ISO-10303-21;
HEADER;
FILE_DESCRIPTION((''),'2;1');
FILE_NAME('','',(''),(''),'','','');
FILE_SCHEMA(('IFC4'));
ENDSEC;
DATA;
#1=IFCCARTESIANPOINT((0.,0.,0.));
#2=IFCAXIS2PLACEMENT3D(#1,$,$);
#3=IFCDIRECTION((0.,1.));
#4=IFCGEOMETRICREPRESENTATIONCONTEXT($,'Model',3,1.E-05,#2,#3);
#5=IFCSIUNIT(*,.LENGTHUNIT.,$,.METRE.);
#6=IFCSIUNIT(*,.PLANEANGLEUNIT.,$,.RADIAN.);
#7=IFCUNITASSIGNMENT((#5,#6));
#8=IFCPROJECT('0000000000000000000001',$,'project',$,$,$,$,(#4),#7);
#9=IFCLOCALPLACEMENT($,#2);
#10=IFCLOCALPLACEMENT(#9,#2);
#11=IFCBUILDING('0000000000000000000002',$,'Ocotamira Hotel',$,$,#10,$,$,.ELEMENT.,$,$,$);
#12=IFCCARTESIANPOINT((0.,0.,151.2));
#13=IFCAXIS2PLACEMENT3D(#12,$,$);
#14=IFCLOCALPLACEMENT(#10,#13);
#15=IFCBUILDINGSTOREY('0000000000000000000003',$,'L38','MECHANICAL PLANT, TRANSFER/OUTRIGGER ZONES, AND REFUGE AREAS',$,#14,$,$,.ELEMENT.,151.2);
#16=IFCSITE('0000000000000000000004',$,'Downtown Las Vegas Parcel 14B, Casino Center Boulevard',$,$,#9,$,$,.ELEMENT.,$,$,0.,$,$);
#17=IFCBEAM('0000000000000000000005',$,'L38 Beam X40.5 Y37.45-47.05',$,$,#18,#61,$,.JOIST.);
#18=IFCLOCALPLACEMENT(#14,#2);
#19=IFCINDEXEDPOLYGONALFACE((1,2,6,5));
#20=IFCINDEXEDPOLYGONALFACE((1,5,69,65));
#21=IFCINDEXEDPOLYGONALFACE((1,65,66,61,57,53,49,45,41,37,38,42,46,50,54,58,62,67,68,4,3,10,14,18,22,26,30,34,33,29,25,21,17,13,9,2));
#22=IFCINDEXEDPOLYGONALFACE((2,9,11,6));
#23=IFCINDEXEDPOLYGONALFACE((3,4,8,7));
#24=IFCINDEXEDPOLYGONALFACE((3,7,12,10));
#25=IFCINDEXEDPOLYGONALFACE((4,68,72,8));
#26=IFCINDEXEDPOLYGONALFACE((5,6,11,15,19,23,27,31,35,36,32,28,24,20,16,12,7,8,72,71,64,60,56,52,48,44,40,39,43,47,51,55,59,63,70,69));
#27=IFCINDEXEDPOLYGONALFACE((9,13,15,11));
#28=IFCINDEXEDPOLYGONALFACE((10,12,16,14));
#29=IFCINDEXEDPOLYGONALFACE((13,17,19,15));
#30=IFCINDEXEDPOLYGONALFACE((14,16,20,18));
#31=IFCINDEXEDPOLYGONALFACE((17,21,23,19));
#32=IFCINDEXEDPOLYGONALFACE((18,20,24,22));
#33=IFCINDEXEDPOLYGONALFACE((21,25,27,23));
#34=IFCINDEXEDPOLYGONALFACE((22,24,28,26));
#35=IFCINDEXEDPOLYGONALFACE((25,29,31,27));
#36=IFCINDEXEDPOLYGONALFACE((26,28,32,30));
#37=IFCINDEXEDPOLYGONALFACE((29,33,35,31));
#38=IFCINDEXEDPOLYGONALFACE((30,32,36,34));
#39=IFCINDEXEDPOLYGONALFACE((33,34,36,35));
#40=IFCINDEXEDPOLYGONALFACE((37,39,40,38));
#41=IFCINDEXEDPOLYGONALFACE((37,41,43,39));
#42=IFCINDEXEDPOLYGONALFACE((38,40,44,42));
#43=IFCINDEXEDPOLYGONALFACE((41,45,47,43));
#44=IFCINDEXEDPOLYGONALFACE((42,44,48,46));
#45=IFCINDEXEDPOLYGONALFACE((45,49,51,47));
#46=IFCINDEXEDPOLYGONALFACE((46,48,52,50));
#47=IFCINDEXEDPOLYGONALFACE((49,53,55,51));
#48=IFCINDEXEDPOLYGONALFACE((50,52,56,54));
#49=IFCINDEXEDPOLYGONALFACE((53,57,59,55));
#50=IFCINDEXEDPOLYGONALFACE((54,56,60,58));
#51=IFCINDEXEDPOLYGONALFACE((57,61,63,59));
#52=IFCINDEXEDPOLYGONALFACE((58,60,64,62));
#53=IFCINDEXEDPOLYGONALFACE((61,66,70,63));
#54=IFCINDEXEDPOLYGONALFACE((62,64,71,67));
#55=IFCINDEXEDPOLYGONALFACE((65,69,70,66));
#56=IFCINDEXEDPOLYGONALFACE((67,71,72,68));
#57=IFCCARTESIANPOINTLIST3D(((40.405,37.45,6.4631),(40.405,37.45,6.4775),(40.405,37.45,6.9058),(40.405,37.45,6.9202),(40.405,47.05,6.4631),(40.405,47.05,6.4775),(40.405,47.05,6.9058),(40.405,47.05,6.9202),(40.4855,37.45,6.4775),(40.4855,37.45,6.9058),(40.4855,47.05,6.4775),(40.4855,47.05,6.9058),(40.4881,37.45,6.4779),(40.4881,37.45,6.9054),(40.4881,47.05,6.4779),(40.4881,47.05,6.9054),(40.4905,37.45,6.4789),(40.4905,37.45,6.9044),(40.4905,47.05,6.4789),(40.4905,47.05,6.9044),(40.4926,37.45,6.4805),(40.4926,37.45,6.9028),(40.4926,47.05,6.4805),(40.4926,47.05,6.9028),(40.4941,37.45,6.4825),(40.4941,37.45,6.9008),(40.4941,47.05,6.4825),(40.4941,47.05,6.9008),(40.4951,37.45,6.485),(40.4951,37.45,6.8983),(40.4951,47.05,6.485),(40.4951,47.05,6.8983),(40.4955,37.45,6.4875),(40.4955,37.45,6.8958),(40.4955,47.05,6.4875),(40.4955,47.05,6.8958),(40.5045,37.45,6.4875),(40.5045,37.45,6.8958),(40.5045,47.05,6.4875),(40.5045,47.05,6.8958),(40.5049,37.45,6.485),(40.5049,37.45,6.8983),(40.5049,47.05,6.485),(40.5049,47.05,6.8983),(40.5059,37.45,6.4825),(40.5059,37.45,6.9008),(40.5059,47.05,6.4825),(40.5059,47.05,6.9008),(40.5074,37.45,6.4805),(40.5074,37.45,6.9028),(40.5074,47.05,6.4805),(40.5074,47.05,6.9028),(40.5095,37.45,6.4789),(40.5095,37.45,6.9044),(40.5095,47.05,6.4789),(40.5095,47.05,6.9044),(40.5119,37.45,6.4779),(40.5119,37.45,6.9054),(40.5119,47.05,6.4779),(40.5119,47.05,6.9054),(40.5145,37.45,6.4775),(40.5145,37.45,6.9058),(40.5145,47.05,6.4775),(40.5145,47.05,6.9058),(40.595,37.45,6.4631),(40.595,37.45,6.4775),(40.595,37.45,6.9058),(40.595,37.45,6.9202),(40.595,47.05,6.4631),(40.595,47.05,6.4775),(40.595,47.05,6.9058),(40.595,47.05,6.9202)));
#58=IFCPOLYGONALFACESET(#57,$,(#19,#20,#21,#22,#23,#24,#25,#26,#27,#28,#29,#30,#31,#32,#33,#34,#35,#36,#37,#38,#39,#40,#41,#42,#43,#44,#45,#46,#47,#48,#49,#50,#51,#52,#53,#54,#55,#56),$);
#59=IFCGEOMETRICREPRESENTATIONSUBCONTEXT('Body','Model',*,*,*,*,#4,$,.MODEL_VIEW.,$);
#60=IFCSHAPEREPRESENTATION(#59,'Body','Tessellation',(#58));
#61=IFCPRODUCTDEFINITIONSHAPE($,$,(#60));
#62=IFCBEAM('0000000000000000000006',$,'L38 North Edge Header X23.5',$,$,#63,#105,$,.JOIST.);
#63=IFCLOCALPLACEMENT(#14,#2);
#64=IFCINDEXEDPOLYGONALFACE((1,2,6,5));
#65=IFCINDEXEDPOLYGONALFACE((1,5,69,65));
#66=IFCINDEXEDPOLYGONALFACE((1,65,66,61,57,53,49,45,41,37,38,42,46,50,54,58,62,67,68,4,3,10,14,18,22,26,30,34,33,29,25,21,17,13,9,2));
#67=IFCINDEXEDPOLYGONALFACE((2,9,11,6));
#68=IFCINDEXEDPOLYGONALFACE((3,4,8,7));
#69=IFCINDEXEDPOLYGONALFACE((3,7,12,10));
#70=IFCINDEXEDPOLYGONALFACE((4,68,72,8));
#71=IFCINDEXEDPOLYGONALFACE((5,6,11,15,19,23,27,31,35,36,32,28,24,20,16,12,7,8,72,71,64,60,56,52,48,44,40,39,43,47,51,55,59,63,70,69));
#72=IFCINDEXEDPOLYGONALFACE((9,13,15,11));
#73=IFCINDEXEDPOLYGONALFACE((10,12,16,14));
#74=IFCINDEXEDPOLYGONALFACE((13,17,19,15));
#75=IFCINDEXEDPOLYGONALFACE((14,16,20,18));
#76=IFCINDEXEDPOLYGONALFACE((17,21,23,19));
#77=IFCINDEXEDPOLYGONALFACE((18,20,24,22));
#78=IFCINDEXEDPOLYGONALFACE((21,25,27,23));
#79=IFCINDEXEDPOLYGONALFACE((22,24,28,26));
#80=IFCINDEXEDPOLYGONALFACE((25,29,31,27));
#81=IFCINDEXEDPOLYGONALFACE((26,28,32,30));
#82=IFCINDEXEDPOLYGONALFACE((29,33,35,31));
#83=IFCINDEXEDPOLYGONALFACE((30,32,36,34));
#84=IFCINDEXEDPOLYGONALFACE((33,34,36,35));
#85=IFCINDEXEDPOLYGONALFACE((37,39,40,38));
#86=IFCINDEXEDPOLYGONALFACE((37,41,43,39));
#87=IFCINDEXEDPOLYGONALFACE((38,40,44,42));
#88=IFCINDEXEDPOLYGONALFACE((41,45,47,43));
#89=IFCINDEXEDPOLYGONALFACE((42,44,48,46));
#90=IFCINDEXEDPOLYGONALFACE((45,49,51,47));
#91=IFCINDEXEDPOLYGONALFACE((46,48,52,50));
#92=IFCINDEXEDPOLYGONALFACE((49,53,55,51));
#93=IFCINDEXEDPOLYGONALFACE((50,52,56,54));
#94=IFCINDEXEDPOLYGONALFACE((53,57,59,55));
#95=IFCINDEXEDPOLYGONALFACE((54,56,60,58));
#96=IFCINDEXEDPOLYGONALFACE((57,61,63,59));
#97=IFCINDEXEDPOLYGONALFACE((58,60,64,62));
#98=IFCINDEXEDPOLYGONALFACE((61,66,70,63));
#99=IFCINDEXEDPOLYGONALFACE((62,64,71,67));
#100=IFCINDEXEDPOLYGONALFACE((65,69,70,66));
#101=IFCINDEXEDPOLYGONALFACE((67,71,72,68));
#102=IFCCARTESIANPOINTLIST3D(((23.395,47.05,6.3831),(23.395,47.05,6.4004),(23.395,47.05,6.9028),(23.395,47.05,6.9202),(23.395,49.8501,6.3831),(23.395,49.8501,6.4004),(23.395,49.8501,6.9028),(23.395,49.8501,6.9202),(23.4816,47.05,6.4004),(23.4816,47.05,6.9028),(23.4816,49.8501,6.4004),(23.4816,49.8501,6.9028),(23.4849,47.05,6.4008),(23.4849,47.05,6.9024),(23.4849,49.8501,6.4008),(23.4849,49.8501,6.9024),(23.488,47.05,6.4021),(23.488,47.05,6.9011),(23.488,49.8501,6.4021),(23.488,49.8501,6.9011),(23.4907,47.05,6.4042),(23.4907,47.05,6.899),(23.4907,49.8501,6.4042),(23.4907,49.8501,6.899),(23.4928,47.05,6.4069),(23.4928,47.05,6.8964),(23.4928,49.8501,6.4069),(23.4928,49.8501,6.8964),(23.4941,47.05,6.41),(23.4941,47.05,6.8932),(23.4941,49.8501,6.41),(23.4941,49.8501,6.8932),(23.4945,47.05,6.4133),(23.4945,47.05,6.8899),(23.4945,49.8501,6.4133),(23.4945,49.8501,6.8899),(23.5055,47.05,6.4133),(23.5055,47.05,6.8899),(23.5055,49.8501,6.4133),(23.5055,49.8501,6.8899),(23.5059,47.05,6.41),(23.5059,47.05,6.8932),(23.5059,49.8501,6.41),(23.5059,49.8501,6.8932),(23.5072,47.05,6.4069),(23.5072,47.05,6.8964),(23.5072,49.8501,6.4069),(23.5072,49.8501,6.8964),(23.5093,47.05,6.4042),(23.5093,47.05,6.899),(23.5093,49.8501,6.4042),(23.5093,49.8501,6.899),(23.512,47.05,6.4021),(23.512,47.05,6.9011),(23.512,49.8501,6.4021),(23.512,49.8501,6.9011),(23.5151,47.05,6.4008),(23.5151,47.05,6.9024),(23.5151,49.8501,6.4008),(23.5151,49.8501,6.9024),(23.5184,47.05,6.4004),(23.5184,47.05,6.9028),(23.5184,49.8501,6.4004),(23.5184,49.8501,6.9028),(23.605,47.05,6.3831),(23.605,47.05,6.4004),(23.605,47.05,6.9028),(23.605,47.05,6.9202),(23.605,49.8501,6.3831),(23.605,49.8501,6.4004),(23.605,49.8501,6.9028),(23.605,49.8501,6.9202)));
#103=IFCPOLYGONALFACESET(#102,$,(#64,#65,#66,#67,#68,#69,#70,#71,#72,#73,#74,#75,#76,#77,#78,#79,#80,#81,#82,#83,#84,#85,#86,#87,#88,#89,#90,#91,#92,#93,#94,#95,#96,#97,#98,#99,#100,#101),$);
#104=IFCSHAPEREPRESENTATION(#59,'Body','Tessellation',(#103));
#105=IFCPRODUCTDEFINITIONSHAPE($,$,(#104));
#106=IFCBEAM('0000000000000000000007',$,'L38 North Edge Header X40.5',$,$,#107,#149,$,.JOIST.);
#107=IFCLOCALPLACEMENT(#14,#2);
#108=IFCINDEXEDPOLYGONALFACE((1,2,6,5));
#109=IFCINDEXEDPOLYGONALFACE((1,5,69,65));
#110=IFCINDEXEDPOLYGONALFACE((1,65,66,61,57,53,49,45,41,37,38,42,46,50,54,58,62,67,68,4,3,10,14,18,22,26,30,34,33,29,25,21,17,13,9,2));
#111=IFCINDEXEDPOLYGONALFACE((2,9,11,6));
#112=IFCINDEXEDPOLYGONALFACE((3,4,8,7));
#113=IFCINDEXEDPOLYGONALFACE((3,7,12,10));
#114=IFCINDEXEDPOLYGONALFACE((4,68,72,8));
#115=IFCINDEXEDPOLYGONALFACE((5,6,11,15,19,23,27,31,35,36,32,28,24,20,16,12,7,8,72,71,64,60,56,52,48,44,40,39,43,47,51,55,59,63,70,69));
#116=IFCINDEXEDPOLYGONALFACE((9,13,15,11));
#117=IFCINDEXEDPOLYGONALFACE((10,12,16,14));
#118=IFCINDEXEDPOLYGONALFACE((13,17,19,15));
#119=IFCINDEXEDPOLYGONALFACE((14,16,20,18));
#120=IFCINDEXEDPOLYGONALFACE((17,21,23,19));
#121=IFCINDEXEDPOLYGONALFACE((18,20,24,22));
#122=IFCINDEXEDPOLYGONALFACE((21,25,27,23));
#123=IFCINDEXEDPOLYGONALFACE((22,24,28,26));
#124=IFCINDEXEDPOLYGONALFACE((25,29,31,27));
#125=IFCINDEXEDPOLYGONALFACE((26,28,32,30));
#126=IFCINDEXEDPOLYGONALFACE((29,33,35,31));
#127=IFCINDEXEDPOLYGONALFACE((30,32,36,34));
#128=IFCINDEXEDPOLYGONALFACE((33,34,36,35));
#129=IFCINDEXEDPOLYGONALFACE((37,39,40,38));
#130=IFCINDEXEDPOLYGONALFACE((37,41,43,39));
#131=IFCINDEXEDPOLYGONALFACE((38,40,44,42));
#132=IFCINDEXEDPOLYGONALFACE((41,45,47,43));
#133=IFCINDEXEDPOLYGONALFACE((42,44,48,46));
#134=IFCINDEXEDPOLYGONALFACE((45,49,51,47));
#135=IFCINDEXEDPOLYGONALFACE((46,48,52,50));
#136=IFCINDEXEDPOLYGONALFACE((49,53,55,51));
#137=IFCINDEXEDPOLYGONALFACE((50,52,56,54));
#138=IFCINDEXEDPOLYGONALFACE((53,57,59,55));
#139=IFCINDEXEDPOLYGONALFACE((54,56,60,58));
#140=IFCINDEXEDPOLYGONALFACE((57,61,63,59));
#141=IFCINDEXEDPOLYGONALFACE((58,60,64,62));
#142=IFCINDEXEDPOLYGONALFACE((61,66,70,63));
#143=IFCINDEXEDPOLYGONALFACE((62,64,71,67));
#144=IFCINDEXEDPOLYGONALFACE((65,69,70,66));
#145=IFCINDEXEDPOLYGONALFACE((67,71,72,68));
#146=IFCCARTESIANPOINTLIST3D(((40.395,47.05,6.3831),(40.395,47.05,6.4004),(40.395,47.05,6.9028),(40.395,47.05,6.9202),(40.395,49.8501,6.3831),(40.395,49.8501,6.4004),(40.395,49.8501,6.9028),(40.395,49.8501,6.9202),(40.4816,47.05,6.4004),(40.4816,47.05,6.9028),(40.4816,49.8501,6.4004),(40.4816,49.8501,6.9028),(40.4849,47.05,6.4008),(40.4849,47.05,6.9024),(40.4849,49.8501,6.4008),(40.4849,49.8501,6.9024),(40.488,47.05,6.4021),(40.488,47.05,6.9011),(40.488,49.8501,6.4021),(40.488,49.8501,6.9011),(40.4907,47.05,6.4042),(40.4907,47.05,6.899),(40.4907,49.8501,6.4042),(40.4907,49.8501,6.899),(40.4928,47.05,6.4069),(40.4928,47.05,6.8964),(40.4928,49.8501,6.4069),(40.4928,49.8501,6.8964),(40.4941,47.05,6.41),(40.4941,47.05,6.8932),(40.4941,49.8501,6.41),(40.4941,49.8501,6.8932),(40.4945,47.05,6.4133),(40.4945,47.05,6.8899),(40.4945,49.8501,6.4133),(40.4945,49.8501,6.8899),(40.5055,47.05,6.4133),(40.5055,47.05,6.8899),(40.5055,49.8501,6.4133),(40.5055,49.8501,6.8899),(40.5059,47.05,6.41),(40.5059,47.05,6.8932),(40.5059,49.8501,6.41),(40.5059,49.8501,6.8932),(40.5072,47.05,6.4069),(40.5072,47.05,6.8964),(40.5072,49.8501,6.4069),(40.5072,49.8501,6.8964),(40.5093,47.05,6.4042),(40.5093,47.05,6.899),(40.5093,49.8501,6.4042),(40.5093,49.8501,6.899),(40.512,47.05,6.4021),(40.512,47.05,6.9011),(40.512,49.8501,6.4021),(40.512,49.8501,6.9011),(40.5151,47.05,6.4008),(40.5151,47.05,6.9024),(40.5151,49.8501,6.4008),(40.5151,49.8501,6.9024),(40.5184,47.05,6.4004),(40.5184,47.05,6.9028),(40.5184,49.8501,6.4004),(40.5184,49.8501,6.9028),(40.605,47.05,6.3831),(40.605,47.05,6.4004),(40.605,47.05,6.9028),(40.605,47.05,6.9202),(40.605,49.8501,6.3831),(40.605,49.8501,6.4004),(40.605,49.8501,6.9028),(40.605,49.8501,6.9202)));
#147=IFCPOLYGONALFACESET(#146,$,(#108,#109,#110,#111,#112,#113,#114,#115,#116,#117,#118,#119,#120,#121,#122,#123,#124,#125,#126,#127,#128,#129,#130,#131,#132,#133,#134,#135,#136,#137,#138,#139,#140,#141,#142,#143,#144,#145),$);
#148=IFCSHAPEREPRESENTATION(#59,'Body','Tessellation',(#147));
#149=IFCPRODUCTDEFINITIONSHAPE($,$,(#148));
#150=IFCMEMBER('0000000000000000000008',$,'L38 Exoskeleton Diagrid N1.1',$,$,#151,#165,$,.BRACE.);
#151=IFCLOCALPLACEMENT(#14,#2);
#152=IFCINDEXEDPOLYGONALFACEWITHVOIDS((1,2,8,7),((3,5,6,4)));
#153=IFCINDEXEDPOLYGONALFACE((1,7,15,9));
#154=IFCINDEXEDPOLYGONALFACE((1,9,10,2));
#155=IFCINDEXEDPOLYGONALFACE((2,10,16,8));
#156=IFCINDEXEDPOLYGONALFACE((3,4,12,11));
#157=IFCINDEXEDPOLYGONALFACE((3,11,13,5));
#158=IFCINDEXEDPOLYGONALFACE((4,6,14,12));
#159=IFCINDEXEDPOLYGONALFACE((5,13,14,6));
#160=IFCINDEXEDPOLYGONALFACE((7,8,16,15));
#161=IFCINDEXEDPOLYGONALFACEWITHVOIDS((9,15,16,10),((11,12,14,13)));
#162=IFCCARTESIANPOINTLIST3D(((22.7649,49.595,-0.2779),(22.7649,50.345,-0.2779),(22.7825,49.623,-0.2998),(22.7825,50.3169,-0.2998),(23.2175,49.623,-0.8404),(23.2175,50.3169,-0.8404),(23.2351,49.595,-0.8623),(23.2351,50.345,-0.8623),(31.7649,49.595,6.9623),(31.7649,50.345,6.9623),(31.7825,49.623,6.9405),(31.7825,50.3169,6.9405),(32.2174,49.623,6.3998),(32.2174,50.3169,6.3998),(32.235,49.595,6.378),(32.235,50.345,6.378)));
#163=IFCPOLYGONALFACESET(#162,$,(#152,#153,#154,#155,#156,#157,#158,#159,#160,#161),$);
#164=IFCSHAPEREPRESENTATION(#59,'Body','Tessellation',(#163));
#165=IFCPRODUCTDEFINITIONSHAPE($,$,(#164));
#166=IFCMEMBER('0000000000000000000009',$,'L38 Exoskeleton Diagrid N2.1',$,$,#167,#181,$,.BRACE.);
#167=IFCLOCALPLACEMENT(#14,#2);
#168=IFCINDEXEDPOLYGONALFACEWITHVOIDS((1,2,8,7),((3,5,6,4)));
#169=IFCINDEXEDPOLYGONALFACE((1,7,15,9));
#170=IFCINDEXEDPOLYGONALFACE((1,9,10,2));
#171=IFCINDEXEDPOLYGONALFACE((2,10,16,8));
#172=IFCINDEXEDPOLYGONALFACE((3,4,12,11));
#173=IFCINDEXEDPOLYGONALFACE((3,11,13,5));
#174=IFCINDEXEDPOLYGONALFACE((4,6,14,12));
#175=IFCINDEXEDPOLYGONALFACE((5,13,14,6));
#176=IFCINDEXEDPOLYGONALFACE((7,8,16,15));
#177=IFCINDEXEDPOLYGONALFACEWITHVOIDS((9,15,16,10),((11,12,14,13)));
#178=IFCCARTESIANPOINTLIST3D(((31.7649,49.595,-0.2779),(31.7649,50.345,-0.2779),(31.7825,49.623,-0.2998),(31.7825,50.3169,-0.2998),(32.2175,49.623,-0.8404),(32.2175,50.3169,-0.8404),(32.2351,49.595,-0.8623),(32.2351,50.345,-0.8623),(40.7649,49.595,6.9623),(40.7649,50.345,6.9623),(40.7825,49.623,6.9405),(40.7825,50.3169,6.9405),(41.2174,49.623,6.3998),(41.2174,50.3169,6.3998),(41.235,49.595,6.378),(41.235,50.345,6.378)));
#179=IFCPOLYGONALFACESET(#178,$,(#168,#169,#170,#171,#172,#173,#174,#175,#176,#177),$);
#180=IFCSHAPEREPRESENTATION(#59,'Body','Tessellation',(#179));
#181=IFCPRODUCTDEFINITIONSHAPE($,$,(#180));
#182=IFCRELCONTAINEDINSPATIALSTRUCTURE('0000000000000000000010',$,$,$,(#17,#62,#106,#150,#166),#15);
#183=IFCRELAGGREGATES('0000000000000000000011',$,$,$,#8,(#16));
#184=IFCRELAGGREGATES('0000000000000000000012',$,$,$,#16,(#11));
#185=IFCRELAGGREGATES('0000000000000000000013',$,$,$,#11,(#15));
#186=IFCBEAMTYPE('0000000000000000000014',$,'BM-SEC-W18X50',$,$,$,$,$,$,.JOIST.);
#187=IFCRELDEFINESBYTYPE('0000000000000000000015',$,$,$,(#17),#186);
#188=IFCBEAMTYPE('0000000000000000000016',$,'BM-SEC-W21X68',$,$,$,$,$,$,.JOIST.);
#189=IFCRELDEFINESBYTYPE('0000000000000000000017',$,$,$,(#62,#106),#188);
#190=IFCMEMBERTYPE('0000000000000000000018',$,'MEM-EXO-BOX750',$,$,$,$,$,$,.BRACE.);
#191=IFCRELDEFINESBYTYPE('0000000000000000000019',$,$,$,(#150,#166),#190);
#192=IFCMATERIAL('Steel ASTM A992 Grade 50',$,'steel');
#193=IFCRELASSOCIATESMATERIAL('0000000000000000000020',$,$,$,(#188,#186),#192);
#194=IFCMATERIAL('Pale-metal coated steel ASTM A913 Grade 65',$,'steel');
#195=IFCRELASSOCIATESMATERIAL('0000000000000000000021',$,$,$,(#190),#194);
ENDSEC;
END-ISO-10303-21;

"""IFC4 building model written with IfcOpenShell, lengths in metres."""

from ifc_helpers import new_model, si_unit, direction, frame, origin, origin_2d, place, context, subcontext, project, spatial, hollow_rectangle, i_section, extrude, source, transform, mapped, material, material_profile, profile_set, type_object, element, save


model = new_model("IFC4")

# Units and contexts
model_context = context("Model", 3, precision=1e-05, world=origin(), true_north=direction((0.0, 1.0)))
body_context = subcontext(model_context, "Body", "Model", "MODEL_VIEW")
ifc_project = project(units=[si_unit("LENGTHUNIT", "METRE"), si_unit("PLANEANGLEUNIT", "RADIAN")], contexts=[model_context])

# Site, building, storey
site_placement = place(None, origin())
site = spatial("IfcSite", under=ifc_project, at=site_placement, Name="Downtown Las Vegas Parcel 14B, Casino Center Boulevard", CompositionType="ELEMENT", RefElevation=0.0)
building_placement = place(site_placement, origin())
building = spatial("IfcBuilding", under=site, at=building_placement, Name="Ocotamira Hotel", CompositionType="ELEMENT")
storey_placement = place(building_placement, frame((0.0, 0.0, 151.2)))
storey = spatial("IfcBuildingStorey", under=building, at=storey_placement, Name="L38", Description="MECHANICAL PLANT, TRANSFER/OUTRIGGER ZONES, AND REFUGE AREAS", CompositionType="ELEMENT", Elevation=151.2)

# Beams
ifc_material_1 = material(Name="Steel ASTM A992 Grade 50", Category="steel")
ifc_material_profile_1 = material_profile(ifc_material_1, i_section(OverallWidth=0.21, OverallDepth=0.5371, WebThickness=0.011, FlangeThickness=0.0173, FilletRadius=0.0129, at=origin_2d()), Name="W21X68")
ifc_profile_set_1 = profile_set([ifc_material_profile_1], Name="Steel ASTM A992 Grade 50")
beam_type_1 = type_object("IfcBeamType", Name="BM-SEC-W21X68", PredefinedType="JOIST", material=ifc_profile_set_1)
ifc_material_profile_2 = material_profile(ifc_material_1, i_section(OverallWidth=0.1899, OverallDepth=0.457, WebThickness=0.009, FlangeThickness=0.0144, FilletRadius=0.01, at=origin_2d()), Name="W18X50")
ifc_profile_set_2 = profile_set([ifc_material_profile_2], Name="Steel ASTM A992 Grade 50")
beam_type_2 = type_object("IfcBeamType", Name="BM-SEC-W18X50", PredefinedType="JOIST", material=ifc_profile_set_2)
shared_shape_1 = source(origin(), body_context, "Body", "SweptSolid", [
    extrude(i_section(OverallWidth=0.1899, OverallDepth=0.457, WebThickness=0.009, FlangeThickness=0.0144, FilletRadius=0.01, at=origin_2d()), origin(), (0.0, 0.0, 1.0), 9.6001),
])
for number, where, z_axis, x_axis, name in (
    (1, (40.5, 37.45, 6.6917), (0.0, 1.0, 0.0), (-1.0, 0.0, 0.0), "L38 Beam X40.5 Y37.45-47.05"),
):
    element("IfcBeam", number, at=place(storey_placement, frame(where, z_axis=z_axis, x_axis=x_axis)), inside=storey, type_object=beam_type_2, Name=name, PredefinedType="JOIST", context=body_context, shape_type="MappedRepresentation", body=[
        mapped(shared_shape_1, transform((0.0, 0.0, 0.0), scale=1.0)),
    ])
shared_shape_2 = source(origin(), body_context, "Body", "SweptSolid", [
    extrude(i_section(OverallWidth=0.21, OverallDepth=0.5371, WebThickness=0.011, FlangeThickness=0.0173, FilletRadius=0.0129, at=origin_2d()), origin(), (0.0, 0.0, 1.0), 2.8),
])
for number, where, z_axis, x_axis, name in (
    (2, (23.5, 47.05, 6.6516), (0.0, 1.0, 0.0), (-1.0, 0.0, 0.0), "L38 North Edge Header X23.5"),
    (3, (40.5, 47.05, 6.6516), (0.0, 1.0, 0.0), (-1.0, 0.0, 0.0), "L38 North Edge Header X40.5"),
):
    element("IfcBeam", number, at=place(storey_placement, frame(where, z_axis=z_axis, x_axis=x_axis)), inside=storey, type_object=beam_type_1, Name=name, PredefinedType="JOIST", context=body_context, shape_type="MappedRepresentation", body=[
        mapped(shared_shape_2, transform((0.0, 0.0, 0.0), scale=1.0)),
    ])

# Members
ifc_material_2 = material(Name="Pale-metal coated steel ASTM A913 Grade 65", Category="steel")
ifc_material_profile_3 = material_profile(ifc_material_2, hollow_rectangle(XDim=0.75, YDim=0.75, WallThickness=0.0281, at=origin_2d()), Name="BOX750X750X28")
ifc_profile_set_3 = profile_set([ifc_material_profile_3], Name="Pale-metal coated steel ASTM A913 Grade 65")
member_type = type_object("IfcMemberType", Name="MEM-EXO-BOX750", PredefinedType="BRACE", material=ifc_profile_set_3)
shared_shape_3 = source(origin(), body_context, "Body", "SweptSolid", [
    extrude(hollow_rectangle(XDim=0.75, YDim=0.75, WallThickness=0.0281, at=origin_2d()), origin(), (0.0, 0.0, 1.0), 11.5508),
])
for number, where, z_axis, x_axis, name in (
    (4, (23.0, 49.97, -0.5701), (0.779167, 0.0, 0.626817), (0.0, 1.0, 0.0), "L38 Exoskeleton Diagrid N1.1"),
    (5, (32.0, 49.97, -0.5701), (0.779167, 0.0, 0.626817), (0.0, 1.0, 0.0), "L38 Exoskeleton Diagrid N2.1"),
):
    element("IfcMember", number, at=place(storey_placement, frame(where, z_axis=z_axis, x_axis=x_axis)), inside=storey, type_object=member_type, Name=name, PredefinedType="BRACE", context=body_context, shape_type="MappedRepresentation", body=[
        mapped(shared_shape_3, transform((0.0, 0.0, 0.0), scale=1.0)),
    ])

save(model, "model.ifc")
